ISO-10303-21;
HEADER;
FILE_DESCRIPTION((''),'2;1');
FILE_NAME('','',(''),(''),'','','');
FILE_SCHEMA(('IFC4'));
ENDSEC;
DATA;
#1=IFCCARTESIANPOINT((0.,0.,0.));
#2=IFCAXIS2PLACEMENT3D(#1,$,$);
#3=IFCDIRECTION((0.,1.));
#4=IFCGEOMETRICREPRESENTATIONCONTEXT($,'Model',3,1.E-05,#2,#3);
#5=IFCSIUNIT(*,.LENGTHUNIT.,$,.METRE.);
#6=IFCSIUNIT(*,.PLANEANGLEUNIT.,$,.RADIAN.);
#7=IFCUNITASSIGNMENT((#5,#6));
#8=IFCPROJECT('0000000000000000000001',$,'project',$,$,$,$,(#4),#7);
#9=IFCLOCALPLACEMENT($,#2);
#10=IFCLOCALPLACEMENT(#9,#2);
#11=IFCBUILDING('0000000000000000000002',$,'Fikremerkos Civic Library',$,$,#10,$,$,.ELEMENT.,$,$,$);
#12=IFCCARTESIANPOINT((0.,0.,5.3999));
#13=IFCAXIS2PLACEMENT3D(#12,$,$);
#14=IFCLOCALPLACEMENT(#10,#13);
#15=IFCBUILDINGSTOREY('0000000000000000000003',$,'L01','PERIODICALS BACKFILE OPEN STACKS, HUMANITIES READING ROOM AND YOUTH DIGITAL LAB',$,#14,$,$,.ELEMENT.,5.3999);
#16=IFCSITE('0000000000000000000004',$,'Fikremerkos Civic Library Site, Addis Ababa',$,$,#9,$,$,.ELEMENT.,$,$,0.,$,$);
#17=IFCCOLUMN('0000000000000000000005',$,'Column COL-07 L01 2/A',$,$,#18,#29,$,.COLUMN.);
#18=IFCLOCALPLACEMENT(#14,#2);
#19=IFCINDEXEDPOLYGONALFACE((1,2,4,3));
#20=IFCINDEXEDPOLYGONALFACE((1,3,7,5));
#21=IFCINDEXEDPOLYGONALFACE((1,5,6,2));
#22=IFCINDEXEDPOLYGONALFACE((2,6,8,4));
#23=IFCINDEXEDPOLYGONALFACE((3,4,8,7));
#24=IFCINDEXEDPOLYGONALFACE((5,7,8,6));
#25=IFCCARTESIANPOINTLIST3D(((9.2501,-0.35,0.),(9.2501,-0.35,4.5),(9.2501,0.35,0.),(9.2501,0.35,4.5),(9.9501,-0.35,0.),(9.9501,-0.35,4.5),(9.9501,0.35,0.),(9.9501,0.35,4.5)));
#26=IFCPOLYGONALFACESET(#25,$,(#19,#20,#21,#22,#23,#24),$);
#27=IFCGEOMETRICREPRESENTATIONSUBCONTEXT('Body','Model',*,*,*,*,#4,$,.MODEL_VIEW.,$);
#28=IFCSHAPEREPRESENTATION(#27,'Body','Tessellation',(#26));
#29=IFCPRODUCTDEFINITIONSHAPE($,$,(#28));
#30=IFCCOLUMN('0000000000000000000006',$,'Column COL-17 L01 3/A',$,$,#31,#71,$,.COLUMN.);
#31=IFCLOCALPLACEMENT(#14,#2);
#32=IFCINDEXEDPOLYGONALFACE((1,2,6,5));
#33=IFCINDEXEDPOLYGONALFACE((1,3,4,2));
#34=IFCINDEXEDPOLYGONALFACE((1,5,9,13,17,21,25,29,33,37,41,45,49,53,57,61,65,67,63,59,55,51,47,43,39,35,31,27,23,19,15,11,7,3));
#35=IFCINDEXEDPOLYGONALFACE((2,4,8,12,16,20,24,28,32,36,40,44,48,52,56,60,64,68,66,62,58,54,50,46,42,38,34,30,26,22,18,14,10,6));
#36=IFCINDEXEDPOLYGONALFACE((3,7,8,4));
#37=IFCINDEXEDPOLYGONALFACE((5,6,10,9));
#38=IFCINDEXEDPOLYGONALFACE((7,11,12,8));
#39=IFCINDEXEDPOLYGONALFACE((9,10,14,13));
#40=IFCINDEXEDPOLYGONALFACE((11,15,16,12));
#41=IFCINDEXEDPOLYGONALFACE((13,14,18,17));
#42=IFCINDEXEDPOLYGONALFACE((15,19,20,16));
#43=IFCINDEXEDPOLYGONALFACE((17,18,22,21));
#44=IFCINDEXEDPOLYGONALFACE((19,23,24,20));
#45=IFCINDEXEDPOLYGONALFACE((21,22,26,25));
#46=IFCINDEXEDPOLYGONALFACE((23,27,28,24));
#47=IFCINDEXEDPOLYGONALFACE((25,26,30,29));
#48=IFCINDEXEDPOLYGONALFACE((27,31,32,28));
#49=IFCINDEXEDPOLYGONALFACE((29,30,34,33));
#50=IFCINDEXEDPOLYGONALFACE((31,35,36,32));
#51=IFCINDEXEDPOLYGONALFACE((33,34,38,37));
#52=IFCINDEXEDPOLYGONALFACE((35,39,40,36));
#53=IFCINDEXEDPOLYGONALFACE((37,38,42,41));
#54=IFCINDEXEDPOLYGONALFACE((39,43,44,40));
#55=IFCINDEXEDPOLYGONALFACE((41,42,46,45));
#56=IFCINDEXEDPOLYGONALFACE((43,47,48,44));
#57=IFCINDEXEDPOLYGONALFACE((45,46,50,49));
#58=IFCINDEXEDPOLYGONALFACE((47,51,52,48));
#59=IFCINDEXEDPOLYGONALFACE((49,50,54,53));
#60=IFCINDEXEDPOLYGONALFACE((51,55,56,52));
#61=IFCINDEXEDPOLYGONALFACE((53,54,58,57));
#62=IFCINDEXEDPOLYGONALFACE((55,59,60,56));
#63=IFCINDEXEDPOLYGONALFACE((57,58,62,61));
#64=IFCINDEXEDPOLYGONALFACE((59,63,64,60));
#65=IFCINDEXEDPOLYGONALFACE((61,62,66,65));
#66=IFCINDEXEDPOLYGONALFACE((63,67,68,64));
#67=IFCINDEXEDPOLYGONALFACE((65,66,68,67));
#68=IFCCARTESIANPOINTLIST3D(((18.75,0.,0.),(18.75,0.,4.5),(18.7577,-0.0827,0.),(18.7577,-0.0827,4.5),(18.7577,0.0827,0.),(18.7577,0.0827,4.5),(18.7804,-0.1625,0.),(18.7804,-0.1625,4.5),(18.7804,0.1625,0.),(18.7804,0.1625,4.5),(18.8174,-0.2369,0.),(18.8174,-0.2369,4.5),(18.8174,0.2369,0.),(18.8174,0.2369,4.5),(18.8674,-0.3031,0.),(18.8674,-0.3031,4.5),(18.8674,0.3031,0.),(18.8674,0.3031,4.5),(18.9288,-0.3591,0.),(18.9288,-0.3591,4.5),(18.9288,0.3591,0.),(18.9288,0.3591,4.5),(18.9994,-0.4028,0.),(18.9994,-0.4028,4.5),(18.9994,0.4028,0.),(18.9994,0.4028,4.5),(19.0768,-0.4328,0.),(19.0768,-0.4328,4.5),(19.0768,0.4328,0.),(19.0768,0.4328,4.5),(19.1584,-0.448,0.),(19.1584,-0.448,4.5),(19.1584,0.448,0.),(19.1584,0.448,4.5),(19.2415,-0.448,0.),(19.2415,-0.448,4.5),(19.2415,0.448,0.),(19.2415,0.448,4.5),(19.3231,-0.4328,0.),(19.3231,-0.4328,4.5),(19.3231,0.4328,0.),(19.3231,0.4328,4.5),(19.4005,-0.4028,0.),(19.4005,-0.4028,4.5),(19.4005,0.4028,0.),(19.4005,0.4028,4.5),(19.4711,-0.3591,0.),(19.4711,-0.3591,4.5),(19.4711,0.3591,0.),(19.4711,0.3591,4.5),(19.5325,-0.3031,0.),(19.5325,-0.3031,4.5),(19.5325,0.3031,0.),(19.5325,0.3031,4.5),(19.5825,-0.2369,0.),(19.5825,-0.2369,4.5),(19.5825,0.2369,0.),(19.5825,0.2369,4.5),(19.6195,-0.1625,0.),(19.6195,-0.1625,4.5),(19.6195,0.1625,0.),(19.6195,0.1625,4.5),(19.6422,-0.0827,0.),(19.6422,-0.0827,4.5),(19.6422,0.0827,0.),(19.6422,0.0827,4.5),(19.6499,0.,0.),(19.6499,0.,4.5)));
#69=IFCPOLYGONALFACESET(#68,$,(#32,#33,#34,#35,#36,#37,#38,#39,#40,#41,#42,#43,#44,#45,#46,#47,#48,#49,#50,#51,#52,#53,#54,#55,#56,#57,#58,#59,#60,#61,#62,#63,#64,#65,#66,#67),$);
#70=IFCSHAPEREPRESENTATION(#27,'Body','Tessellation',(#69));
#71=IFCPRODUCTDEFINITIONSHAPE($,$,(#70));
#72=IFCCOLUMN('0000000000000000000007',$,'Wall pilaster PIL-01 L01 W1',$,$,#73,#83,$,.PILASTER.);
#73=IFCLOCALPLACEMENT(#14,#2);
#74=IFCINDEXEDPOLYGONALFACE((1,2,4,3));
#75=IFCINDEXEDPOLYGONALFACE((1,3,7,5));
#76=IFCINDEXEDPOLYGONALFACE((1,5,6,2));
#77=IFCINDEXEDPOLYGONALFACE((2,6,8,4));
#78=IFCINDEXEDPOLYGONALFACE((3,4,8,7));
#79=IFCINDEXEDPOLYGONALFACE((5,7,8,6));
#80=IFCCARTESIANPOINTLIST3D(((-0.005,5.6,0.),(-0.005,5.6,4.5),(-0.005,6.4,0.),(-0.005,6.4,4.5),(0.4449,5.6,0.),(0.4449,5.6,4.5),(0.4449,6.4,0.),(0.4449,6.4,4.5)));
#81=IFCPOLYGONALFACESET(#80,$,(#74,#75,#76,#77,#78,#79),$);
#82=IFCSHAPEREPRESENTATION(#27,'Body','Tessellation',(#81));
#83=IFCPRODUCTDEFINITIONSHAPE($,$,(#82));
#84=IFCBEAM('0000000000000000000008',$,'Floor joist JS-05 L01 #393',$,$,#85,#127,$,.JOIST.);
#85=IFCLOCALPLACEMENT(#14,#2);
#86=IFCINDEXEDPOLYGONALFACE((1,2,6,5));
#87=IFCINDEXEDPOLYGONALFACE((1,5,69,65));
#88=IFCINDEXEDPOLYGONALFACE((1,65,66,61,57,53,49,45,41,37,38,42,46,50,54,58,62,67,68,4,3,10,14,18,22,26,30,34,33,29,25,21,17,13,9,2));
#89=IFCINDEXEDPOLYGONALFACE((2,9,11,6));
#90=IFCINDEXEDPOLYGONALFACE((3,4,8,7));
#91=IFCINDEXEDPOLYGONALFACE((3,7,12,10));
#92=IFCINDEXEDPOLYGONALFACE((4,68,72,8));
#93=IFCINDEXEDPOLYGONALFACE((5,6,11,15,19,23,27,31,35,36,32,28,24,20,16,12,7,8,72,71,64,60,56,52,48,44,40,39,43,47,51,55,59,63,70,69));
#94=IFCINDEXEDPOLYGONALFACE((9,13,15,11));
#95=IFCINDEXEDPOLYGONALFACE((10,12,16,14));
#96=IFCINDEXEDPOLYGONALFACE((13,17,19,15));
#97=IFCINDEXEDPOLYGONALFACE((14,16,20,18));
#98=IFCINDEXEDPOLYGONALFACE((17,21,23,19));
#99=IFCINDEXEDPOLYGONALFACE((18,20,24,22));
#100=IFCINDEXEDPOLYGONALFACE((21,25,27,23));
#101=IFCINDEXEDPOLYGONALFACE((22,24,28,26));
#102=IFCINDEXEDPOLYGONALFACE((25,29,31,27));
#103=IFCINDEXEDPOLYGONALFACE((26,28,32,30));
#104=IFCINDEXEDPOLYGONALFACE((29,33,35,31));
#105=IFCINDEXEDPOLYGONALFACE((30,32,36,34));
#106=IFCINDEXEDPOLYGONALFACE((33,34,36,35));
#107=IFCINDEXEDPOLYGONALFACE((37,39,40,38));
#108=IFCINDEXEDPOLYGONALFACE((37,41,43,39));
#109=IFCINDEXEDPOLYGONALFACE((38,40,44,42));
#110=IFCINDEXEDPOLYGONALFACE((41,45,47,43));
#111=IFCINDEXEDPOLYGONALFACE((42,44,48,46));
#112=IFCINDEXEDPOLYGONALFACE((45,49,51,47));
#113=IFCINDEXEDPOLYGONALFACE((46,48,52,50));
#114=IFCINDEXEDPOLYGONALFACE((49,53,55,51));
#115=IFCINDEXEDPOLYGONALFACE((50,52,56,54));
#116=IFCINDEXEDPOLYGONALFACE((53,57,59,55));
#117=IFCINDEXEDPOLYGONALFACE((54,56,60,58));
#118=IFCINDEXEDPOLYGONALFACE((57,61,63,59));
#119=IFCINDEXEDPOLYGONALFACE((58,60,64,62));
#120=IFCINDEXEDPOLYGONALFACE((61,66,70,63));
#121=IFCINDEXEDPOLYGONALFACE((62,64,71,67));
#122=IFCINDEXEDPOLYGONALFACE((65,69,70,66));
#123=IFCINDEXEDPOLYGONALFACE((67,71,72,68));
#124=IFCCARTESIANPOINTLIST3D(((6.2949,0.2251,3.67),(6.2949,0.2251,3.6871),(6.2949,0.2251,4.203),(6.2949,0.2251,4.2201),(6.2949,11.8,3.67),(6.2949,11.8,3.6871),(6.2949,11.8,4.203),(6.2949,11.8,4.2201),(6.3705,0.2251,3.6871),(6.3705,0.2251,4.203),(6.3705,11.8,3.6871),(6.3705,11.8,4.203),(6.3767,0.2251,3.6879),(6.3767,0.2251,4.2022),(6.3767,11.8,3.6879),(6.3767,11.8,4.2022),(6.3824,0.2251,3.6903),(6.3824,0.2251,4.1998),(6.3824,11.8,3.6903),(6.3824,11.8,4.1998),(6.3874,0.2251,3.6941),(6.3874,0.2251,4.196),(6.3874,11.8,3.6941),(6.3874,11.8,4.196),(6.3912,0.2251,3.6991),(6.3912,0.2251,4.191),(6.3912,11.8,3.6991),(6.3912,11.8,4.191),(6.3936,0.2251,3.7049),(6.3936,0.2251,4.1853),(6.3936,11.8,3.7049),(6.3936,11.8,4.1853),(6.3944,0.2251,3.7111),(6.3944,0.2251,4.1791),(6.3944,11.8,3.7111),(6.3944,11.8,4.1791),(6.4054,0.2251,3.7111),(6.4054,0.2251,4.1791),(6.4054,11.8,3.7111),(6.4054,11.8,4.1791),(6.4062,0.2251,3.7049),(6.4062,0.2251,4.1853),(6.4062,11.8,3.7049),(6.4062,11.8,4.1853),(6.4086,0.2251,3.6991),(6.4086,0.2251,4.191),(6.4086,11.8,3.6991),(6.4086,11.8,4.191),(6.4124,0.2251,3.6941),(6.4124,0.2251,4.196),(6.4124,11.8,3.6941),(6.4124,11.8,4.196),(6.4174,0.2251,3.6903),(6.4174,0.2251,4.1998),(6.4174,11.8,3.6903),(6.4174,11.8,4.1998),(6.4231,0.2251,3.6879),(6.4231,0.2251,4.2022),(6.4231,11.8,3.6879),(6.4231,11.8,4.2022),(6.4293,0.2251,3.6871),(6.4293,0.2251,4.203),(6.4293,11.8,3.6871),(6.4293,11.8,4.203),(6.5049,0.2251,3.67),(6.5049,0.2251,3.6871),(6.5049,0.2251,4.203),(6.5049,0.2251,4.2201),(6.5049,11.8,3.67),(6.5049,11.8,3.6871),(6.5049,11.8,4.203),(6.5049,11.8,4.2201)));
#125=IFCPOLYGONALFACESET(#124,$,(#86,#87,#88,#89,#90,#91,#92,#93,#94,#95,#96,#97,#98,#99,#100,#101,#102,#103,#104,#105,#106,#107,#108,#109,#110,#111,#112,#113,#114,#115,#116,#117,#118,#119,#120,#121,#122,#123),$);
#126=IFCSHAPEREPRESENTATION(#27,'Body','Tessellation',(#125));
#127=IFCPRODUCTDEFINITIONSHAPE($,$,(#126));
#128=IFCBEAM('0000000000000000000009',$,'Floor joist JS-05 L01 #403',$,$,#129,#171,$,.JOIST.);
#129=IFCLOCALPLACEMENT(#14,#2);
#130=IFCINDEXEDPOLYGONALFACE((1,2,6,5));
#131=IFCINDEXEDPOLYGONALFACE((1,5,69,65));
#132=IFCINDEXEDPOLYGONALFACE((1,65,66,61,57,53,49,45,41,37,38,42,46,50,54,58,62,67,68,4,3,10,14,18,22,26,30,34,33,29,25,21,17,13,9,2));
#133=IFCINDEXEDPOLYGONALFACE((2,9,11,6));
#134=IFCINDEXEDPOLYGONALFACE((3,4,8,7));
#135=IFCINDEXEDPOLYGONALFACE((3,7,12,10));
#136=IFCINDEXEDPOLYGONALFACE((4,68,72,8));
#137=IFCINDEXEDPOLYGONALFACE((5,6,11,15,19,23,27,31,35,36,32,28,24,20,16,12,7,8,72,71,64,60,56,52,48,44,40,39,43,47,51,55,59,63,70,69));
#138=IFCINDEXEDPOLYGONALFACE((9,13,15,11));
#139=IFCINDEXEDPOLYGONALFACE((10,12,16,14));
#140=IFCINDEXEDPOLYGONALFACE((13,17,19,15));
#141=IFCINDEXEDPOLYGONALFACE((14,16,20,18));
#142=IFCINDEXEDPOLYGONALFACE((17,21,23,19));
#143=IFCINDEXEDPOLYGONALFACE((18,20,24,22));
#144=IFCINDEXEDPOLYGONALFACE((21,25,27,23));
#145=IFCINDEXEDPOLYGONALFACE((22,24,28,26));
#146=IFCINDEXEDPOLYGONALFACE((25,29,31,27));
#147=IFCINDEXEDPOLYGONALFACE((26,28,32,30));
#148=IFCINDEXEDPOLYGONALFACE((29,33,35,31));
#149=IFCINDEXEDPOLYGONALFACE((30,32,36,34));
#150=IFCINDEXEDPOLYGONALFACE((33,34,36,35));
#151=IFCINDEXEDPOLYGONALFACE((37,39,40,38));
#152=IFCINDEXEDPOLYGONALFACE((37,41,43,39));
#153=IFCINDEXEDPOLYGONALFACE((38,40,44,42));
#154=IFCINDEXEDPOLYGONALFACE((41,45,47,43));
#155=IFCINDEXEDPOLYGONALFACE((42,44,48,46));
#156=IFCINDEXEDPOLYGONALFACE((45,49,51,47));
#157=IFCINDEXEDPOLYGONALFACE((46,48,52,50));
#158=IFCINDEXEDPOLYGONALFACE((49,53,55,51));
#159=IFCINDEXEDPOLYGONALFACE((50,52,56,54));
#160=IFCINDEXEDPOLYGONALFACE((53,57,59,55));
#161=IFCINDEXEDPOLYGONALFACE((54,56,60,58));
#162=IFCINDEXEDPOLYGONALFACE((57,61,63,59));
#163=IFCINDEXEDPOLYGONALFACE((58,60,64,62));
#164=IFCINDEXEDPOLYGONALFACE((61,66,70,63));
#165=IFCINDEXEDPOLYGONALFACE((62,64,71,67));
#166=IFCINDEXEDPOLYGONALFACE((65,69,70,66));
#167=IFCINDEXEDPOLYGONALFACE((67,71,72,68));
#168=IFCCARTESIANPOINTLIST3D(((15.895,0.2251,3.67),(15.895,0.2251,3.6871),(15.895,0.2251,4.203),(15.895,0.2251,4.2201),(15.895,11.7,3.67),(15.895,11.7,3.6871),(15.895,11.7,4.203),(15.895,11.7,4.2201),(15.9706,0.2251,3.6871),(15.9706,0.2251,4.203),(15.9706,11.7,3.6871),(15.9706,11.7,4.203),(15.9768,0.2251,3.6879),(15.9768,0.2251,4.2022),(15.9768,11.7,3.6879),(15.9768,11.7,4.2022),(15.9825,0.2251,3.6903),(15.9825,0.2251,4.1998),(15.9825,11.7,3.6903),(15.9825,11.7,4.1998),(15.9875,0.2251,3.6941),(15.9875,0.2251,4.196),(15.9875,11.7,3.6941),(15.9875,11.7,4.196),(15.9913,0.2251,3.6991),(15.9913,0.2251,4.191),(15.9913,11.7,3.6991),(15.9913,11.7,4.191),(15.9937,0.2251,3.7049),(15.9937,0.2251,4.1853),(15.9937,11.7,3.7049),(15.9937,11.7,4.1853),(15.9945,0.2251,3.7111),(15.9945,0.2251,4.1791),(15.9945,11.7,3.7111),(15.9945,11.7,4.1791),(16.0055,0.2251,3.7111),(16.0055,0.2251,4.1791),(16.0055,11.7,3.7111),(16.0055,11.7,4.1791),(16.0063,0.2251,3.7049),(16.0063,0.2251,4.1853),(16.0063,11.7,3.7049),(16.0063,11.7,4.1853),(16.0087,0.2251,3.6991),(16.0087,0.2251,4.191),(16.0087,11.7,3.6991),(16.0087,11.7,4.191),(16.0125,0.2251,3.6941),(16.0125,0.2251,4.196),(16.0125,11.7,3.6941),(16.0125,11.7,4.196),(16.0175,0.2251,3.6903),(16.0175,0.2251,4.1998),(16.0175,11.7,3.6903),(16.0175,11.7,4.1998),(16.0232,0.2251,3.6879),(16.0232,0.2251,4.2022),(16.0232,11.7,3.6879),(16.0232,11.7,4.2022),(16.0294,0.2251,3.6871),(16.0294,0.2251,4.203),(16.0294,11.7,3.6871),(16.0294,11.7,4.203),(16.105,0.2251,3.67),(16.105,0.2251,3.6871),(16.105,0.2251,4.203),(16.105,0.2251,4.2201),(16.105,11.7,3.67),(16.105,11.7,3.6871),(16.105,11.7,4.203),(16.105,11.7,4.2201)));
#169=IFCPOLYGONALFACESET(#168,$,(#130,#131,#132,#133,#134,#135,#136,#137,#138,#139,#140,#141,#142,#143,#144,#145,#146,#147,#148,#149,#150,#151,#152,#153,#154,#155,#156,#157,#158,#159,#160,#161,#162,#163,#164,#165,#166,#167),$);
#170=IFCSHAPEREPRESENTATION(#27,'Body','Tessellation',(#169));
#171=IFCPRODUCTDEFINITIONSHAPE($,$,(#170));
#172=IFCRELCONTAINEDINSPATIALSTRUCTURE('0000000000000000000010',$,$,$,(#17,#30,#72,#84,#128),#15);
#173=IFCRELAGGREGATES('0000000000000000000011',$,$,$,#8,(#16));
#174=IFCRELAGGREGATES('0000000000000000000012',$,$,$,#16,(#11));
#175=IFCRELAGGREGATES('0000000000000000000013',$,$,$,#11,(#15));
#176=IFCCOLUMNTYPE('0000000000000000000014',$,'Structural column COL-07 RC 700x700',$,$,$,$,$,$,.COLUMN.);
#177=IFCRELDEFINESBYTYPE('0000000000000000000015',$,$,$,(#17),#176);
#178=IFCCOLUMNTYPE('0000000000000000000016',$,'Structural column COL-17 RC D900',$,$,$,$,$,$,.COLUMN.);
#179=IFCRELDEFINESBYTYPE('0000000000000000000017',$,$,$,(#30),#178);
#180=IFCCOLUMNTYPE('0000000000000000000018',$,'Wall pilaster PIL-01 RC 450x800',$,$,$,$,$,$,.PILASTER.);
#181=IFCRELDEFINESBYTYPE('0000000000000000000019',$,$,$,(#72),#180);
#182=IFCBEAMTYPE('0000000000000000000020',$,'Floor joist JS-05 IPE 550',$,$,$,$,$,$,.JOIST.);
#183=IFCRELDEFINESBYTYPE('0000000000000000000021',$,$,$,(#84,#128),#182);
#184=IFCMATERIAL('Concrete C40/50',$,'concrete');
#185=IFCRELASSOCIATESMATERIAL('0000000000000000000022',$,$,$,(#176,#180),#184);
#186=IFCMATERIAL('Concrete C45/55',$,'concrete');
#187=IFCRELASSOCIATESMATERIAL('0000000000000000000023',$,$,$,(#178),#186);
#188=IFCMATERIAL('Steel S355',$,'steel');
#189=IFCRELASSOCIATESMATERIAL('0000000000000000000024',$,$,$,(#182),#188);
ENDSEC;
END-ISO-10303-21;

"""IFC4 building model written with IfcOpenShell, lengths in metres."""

from ifc_helpers import new_model, si_unit, direction, frame, origin, origin_2d, place, context, subcontext, project, spatial, rectangle, circle, i_section, extrude, material, material_profile, profile_set, type_object, element, save


model = new_model("IFC4")

# Units and contexts
model_context = context("Model", 3, precision=1e-05, world=origin(), true_north=direction((0.0, 1.0)))
body_context = subcontext(model_context, "Body", "Model", "MODEL_VIEW")
ifc_project = project(units=[si_unit("LENGTHUNIT", "METRE"), si_unit("PLANEANGLEUNIT", "RADIAN")], contexts=[model_context])

# Site, building, storey
site_placement = place(None, origin())
site = spatial("IfcSite", under=ifc_project, at=site_placement, Name="Fikremerkos Civic Library Site, Addis Ababa", CompositionType="ELEMENT", RefElevation=0.0)
building_placement = place(site_placement, origin())
building = spatial("IfcBuilding", under=site, at=building_placement, Name="Fikremerkos Civic Library", CompositionType="ELEMENT")
storey_placement = place(building_placement, frame((0.0, 0.0, 5.3999)))
storey = spatial("IfcBuildingStorey", under=building, at=storey_placement, Name="L01", Description="PERIODICALS BACKFILE OPEN STACKS, HUMANITIES READING ROOM AND YOUTH DIGITAL LAB", CompositionType="ELEMENT", Elevation=5.3999)

# Columns
ifc_material_1 = material(Name="Concrete C40/50", Category="concrete")
ifc_material_profile_1 = material_profile(ifc_material_1, rectangle(XDim=0.7, YDim=0.7, at=origin_2d()), Name="RC 700x700")
ifc_profile_set_1 = profile_set([ifc_material_profile_1], Name="Concrete C40/50")
column_type_1 = type_object("IfcColumnType", Name="Structural column COL-07 RC 700x700", PredefinedType="COLUMN", material=ifc_profile_set_1)
column_1_placement = place(storey_placement, frame((9.6001, 0.0, 0.0), z_axis=(0.0, 0.0, 1.0), x_axis=(1.0, 0.0, 0.0)))
element("IfcColumn", 1, at=column_1_placement, inside=storey, type_object=column_type_1, Name="Column COL-07 L01 2/A", PredefinedType="COLUMN", context=body_context, shape_type="SweptSolid", body=[
    extrude(rectangle(XDim=0.7, YDim=0.7, at=origin_2d()), origin(), (0.0, 0.0, 1.0), 4.5),
])
ifc_material_2 = material(Name="Concrete C45/55", Category="concrete")
ifc_material_profile_2 = material_profile(ifc_material_2, circle(Radius=0.45, at=origin_2d()), Name="RC D900")
ifc_profile_set_2 = profile_set([ifc_material_profile_2], Name="Concrete C45/55")
column_type_2 = type_object("IfcColumnType", Name="Structural column COL-17 RC D900", PredefinedType="COLUMN", material=ifc_profile_set_2)
column_2_placement = place(storey_placement, frame((19.2, 0.0, 0.0), z_axis=(0.0, 0.0, 1.0), x_axis=(1.0, 0.0, 0.0)))
element("IfcColumn", 2, at=column_2_placement, inside=storey, type_object=column_type_2, Name="Column COL-17 L01 3/A", PredefinedType="COLUMN", context=body_context, shape_type="SweptSolid", body=[
    extrude(circle(Radius=0.45, at=origin_2d()), origin(), (0.0, 0.0, 1.0), 4.5),
])
ifc_material_profile_3 = material_profile(ifc_material_1, rectangle(XDim=0.45, YDim=0.8, at=origin_2d()), Name="RC 450x800")
ifc_profile_set_3 = profile_set([ifc_material_profile_3], Name="Concrete C40/50")
column_type_3 = type_object("IfcColumnType", Name="Wall pilaster PIL-01 RC 450x800", PredefinedType="PILASTER", material=ifc_profile_set_3)
column_3_placement = place(storey_placement, frame((0.22, 6.0, 0.0), z_axis=(0.0, 0.0, 1.0), x_axis=(1.0, 0.0, 0.0)))
element("IfcColumn", 3, at=column_3_placement, inside=storey, type_object=column_type_3, Name="Wall pilaster PIL-01 L01 W1", PredefinedType="PILASTER", context=body_context, shape_type="SweptSolid", body=[
    extrude(rectangle(XDim=0.45, YDim=0.8, at=origin_2d()), origin(), (0.0, 0.0, 1.0), 4.5),
])

# Beams
ifc_material_3 = material(Name="Steel S355", Category="steel")
ifc_material_profile_4 = material_profile(ifc_material_3, i_section(OverallWidth=0.21, OverallDepth=0.55, WebThickness=0.011, FlangeThickness=0.0171, FilletRadius=0.0239, at=origin_2d()), Name="IPE 550")
ifc_profile_set_4 = profile_set([ifc_material_profile_4], Name="Steel S355")
beam_type_1 = type_object("IfcBeamType", Name="Floor joist JS-05 IPE 550", PredefinedType="JOIST", material=ifc_profile_set_4)
beam_1_placement = place(storey_placement, frame((6.3999, 0.2251, 3.9451), z_axis=(0.0, 1.0, 0.0), x_axis=(-1.0, 0.0, 0.0)))
element("IfcBeam", 4, at=beam_1_placement, inside=storey, type_object=beam_type_1, Name="Floor joist JS-05 L01 #393", PredefinedType="JOIST", context=body_context, shape_type="SweptSolid", body=[
    extrude(i_section(OverallWidth=0.21, OverallDepth=0.55, WebThickness=0.011, FlangeThickness=0.0171, FilletRadius=0.0239, at=origin_2d()), origin(), (0.0, 0.0, 1.0), 11.575),
])
beam_2_placement = place(storey_placement, frame((16.0, 0.2251, 3.9451), z_axis=(0.0, 1.0, 0.0), x_axis=(-1.0, 0.0, 0.0)))
element("IfcBeam", 5, at=beam_2_placement, inside=storey, type_object=beam_type_1, Name="Floor joist JS-05 L01 #403", PredefinedType="JOIST", context=body_context, shape_type="SweptSolid", body=[
    extrude(i_section(OverallWidth=0.21, OverallDepth=0.55, WebThickness=0.011, FlangeThickness=0.0171, FilletRadius=0.0239, at=origin_2d()), origin(), (0.0, 0.0, 1.0), 11.4749),
])

save(model, "model.ifc")
